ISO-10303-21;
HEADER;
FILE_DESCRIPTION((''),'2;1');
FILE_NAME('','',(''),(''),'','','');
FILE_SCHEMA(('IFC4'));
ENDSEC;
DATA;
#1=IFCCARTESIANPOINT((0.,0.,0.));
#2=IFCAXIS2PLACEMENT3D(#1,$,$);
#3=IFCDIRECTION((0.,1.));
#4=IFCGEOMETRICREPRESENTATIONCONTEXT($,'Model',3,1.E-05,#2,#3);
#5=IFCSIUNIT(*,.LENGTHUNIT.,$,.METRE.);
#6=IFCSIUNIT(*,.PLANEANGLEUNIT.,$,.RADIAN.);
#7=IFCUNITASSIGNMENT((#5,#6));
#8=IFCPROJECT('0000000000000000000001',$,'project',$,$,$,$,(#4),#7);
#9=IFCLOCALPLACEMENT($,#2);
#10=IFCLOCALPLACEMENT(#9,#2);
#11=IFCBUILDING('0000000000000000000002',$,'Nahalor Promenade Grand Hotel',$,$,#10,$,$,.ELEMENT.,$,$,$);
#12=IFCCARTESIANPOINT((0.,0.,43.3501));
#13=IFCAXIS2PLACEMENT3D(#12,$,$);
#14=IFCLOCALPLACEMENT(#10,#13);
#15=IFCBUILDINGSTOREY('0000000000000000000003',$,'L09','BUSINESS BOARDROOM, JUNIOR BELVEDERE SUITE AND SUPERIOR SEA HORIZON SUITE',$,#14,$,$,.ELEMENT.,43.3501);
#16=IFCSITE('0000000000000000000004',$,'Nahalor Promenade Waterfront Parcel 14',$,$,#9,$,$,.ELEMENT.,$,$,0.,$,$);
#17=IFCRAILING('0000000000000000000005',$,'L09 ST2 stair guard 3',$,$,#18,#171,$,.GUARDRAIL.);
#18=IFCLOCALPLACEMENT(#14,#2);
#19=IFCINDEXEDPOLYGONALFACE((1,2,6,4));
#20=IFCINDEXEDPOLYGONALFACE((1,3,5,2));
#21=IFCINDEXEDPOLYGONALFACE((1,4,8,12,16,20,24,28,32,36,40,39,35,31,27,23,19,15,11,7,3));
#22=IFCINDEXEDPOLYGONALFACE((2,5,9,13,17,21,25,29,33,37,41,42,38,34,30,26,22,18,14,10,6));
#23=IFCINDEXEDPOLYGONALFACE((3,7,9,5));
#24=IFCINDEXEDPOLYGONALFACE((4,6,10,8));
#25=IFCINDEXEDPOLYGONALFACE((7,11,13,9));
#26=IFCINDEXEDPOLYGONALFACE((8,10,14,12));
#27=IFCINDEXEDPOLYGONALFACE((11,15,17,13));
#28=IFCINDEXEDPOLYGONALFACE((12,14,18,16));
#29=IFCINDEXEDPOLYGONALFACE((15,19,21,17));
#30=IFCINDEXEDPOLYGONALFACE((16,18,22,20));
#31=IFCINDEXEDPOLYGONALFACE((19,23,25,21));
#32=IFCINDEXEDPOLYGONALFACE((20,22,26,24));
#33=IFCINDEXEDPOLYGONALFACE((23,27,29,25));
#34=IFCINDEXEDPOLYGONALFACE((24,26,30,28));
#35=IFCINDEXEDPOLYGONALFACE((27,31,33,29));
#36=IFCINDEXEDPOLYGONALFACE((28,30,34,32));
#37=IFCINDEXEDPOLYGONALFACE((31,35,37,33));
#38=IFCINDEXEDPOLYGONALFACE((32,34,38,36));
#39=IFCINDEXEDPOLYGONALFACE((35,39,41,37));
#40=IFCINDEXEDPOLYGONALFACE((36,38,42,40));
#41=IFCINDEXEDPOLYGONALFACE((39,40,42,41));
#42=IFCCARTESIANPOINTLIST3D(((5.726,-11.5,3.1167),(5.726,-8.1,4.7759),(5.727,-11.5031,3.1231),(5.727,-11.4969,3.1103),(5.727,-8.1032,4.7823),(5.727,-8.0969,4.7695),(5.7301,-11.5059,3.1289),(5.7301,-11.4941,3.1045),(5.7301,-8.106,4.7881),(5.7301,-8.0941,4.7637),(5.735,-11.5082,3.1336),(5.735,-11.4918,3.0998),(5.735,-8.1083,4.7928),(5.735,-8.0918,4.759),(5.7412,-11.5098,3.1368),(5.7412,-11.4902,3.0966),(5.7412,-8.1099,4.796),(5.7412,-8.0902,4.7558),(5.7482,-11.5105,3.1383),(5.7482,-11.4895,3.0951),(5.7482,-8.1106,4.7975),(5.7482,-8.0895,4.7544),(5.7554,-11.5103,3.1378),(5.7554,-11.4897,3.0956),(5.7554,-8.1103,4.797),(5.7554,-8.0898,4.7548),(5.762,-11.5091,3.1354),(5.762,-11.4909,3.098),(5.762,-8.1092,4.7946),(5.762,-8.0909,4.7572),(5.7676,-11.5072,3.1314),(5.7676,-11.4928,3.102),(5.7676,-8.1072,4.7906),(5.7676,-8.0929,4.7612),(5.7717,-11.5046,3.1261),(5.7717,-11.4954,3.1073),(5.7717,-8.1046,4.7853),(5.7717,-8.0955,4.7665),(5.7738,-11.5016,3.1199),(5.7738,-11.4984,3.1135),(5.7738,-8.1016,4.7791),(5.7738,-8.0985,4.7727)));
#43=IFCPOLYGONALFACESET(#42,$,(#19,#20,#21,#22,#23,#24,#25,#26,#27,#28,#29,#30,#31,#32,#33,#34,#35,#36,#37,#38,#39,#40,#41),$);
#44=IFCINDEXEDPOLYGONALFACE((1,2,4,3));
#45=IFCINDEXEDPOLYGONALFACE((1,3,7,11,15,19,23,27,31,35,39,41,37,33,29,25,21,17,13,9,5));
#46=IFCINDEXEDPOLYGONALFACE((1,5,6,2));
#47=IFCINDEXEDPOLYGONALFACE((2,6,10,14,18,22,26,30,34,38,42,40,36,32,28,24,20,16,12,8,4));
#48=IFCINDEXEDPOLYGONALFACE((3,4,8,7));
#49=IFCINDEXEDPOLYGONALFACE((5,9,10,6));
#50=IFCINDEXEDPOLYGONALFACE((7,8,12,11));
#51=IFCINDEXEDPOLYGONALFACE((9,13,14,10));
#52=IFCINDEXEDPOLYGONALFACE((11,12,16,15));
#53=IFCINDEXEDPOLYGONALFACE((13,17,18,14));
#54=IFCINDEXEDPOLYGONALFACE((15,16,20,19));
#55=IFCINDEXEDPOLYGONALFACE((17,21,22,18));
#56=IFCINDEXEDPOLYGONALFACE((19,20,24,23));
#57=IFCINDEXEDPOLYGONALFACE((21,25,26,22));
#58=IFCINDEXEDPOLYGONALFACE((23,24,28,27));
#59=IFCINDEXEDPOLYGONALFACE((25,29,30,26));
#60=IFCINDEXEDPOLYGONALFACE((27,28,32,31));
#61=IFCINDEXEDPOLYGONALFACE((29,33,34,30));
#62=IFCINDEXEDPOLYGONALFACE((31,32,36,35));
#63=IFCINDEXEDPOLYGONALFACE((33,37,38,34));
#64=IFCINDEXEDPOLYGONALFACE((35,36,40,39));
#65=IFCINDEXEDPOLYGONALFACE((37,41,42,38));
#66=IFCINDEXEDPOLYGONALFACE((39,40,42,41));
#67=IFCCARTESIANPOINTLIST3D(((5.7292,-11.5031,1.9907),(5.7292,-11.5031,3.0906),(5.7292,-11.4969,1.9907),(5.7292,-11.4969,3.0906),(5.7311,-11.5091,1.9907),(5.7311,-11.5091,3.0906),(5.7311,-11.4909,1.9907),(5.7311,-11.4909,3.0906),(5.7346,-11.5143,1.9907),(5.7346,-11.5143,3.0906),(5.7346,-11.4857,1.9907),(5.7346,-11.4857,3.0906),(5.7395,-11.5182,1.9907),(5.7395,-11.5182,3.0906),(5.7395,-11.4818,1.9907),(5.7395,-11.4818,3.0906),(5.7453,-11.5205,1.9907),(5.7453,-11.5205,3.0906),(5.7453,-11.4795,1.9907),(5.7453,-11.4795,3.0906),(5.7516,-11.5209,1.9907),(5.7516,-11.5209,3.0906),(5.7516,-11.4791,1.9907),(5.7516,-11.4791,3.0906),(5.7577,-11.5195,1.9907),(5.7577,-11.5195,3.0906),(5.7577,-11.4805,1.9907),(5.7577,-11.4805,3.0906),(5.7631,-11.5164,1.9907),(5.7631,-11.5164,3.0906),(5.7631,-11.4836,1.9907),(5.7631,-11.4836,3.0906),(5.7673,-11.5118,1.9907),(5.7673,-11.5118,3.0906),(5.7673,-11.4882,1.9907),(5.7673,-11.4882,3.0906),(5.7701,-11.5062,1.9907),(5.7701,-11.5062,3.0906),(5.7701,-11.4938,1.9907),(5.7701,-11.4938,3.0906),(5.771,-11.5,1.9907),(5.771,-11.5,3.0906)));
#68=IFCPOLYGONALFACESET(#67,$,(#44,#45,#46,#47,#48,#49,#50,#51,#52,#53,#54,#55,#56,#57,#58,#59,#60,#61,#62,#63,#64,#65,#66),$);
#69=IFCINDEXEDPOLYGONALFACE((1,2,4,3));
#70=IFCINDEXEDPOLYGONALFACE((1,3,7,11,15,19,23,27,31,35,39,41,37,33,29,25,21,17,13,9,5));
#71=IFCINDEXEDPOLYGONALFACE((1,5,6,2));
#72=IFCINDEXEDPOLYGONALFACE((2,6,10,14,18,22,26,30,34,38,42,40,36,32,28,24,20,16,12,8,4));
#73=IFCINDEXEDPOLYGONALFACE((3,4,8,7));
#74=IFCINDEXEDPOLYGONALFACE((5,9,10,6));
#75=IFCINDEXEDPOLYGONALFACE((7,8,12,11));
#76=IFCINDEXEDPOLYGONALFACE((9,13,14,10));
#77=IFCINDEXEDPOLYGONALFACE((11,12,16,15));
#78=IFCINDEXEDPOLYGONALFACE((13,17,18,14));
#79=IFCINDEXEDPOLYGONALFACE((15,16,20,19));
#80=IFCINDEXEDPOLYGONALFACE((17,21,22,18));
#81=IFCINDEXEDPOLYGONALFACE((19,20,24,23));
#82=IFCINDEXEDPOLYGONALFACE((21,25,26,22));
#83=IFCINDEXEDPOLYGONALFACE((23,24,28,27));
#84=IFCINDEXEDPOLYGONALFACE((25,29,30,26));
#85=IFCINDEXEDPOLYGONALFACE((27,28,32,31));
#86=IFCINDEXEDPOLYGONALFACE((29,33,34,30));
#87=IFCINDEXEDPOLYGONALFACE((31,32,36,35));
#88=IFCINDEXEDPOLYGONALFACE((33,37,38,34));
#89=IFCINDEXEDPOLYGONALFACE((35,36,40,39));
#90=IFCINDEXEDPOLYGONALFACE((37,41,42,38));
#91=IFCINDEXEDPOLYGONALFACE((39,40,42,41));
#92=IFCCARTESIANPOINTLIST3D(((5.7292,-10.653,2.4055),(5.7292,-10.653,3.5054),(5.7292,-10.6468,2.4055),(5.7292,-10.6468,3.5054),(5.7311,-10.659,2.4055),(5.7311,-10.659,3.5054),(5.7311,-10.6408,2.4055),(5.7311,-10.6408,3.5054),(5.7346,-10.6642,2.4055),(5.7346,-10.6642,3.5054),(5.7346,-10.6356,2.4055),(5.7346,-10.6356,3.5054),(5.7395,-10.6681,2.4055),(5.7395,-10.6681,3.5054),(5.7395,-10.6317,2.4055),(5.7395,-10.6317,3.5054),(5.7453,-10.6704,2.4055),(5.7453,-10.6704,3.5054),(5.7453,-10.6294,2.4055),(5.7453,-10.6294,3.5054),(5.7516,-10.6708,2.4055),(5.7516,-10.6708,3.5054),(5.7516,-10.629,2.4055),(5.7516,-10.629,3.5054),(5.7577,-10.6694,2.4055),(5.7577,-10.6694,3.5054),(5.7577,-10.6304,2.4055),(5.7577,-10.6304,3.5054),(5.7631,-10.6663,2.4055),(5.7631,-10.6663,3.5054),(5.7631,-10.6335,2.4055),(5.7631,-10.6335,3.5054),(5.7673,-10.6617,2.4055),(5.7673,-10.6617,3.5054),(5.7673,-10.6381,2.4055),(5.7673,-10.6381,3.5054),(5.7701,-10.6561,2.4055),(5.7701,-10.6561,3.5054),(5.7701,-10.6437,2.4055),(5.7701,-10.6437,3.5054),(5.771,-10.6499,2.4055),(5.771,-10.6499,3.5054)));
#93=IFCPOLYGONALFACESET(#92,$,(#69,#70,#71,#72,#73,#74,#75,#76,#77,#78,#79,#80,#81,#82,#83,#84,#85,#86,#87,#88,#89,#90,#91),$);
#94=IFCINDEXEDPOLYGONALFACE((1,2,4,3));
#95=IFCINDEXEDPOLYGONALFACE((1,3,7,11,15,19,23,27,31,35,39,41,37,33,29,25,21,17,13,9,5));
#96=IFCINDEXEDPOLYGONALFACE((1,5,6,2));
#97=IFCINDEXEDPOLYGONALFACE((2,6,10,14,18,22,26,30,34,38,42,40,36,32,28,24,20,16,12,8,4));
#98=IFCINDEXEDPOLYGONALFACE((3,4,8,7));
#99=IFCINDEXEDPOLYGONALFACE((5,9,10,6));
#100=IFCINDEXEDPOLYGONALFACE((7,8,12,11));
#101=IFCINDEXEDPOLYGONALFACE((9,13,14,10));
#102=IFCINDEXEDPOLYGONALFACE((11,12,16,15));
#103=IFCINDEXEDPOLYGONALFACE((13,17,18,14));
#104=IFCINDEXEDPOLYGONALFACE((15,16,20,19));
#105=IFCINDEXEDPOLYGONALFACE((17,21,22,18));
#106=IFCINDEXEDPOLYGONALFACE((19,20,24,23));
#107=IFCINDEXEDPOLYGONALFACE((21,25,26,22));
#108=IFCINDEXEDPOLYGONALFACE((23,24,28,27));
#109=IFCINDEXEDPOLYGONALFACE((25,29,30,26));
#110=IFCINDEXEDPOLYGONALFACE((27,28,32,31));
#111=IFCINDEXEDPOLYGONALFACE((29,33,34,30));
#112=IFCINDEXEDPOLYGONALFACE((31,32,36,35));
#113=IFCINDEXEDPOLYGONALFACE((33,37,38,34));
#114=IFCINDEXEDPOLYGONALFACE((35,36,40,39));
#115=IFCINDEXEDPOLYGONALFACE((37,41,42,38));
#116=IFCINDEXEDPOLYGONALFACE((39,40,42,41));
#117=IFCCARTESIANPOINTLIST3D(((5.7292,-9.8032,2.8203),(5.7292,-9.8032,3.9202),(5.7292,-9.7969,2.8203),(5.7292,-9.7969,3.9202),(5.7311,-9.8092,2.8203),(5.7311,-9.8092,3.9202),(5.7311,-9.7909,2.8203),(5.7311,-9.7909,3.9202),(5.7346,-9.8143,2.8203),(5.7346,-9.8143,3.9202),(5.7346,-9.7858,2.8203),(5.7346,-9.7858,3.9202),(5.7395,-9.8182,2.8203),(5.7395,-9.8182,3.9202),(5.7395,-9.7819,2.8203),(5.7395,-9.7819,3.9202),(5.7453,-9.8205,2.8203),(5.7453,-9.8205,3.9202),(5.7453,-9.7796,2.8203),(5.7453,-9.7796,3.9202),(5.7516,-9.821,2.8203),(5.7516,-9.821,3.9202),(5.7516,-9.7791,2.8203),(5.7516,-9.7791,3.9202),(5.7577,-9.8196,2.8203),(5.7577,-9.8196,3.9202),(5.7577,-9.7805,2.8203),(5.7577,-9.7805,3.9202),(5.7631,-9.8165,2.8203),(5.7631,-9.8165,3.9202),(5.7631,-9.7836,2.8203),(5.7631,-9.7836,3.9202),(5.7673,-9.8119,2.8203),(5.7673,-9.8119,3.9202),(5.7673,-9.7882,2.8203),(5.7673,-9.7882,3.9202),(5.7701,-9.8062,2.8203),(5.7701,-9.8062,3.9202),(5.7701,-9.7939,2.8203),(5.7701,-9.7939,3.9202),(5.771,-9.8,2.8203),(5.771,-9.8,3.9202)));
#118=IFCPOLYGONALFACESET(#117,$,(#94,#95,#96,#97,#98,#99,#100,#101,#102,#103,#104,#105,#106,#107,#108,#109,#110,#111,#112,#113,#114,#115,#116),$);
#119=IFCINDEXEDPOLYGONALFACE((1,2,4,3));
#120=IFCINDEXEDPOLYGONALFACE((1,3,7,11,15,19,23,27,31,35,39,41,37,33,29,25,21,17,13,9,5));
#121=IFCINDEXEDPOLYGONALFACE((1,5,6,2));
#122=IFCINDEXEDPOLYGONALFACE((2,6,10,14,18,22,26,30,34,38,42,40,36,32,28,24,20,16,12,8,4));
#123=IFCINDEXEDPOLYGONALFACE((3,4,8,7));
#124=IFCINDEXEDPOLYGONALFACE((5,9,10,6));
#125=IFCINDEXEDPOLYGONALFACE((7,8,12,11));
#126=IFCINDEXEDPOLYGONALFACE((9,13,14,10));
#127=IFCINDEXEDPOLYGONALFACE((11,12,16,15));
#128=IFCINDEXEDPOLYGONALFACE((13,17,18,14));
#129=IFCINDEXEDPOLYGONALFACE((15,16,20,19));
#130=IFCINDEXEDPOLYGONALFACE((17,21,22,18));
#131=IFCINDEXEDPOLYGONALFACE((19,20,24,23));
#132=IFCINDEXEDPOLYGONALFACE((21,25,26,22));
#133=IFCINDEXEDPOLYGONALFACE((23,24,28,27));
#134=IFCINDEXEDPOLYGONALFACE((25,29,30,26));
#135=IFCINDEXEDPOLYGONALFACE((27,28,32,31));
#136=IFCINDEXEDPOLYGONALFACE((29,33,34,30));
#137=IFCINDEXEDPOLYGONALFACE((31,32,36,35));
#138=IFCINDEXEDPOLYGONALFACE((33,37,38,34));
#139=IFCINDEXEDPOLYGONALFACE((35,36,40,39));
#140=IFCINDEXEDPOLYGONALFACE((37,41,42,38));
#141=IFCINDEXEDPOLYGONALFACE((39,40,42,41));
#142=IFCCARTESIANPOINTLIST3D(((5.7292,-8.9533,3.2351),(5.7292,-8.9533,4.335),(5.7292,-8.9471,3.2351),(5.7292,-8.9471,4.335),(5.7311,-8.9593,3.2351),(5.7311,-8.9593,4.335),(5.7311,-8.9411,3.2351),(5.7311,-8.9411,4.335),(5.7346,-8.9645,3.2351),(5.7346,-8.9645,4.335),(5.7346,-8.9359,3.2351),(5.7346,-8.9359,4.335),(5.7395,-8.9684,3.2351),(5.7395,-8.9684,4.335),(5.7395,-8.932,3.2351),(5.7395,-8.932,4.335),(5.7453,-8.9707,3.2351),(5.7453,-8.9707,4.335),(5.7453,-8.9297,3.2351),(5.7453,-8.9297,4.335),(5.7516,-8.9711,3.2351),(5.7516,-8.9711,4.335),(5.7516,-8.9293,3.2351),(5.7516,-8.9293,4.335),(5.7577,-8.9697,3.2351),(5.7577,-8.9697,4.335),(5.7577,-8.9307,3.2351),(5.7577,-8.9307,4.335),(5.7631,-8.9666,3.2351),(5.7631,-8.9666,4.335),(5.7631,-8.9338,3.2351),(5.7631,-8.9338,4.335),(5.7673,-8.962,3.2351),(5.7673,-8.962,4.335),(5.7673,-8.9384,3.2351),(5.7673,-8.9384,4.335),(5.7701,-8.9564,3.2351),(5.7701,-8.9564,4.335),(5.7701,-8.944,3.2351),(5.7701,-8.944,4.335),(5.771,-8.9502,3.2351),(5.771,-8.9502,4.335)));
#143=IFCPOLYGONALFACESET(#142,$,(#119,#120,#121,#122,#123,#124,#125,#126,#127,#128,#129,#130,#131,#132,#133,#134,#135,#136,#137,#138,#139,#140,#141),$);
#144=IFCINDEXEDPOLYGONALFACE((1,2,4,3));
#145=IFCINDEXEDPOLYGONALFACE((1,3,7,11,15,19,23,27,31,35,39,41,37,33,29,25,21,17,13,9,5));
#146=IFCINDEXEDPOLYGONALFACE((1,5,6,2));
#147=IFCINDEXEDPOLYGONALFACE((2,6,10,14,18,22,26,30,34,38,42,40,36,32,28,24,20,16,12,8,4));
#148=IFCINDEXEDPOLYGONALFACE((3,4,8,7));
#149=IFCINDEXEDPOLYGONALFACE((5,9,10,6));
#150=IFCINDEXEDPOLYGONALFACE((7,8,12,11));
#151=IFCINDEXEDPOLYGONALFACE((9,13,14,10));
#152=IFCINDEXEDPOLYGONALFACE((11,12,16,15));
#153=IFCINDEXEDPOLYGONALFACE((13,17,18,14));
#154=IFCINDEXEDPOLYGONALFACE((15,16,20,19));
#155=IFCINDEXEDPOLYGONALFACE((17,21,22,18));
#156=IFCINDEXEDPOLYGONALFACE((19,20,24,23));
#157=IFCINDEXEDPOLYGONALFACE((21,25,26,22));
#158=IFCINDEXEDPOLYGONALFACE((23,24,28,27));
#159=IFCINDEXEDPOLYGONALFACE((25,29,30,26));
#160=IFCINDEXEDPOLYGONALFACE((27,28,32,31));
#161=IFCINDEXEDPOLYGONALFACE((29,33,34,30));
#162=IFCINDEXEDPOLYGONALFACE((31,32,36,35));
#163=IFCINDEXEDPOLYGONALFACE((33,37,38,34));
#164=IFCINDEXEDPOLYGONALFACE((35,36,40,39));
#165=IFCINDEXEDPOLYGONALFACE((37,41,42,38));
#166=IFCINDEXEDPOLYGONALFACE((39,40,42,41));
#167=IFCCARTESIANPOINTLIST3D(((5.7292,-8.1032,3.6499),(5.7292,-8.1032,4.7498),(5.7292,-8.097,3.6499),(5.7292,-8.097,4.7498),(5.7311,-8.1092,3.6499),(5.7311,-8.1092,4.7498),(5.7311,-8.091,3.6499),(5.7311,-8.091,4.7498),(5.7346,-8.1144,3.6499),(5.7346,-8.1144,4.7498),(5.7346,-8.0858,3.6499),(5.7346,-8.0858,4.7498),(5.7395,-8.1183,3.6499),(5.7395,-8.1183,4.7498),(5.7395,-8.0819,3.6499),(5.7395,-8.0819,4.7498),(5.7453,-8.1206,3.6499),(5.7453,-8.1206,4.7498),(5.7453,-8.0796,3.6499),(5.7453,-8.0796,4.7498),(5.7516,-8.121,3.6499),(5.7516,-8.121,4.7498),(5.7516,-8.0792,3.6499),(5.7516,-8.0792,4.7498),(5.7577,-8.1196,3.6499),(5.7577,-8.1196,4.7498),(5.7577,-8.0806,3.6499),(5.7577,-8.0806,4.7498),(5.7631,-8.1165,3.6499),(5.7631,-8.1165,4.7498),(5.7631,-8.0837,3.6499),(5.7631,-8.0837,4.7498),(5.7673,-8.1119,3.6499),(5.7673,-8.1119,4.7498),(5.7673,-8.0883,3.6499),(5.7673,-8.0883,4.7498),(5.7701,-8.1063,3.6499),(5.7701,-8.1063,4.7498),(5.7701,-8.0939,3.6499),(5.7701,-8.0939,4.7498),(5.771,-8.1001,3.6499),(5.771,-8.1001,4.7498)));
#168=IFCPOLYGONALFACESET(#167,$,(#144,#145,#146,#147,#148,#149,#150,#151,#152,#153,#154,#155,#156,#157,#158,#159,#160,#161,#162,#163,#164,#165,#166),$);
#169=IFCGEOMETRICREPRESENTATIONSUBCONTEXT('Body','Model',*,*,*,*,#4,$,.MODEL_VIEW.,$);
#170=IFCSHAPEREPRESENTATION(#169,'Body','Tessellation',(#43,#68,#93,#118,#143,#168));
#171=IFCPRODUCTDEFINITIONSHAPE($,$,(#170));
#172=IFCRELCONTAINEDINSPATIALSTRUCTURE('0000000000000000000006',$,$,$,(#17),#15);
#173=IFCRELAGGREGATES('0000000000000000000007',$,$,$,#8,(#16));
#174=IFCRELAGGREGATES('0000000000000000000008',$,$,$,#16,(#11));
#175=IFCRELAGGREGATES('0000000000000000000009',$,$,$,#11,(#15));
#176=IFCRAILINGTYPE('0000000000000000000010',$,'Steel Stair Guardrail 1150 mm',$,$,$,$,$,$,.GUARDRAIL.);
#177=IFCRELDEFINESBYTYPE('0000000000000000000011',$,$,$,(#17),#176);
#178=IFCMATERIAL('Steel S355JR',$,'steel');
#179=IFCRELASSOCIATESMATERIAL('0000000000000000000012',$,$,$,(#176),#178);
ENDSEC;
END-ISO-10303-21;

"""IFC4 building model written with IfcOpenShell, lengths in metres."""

from ifc_helpers import new_model, si_unit, direction, frame, origin, origin_2d, place, context, subcontext, project, spatial, circle, extrude, material, type_object, element, save


model = new_model("IFC4")

# Units and contexts
model_context = context("Model", 3, precision=1e-05, world=origin(), true_north=direction((0.0, 1.0)))
body_context = subcontext(model_context, "Body", "Model", "MODEL_VIEW")
ifc_project = project(units=[si_unit("LENGTHUNIT", "METRE"), si_unit("PLANEANGLEUNIT", "RADIAN")], contexts=[model_context])

# Site, building, storey
site_placement = place(None, origin())
site = spatial("IfcSite", under=ifc_project, at=site_placement, Name="Nahalor Promenade Waterfront Parcel 14", CompositionType="ELEMENT", RefElevation=0.0)
building_placement = place(site_placement, origin())
building = spatial("IfcBuilding", under=site, at=building_placement, Name="Nahalor Promenade Grand Hotel", CompositionType="ELEMENT")
storey_placement = place(building_placement, frame((0.0, 0.0, 43.3501)))
storey = spatial("IfcBuildingStorey", under=building, at=storey_placement, Name="L09", Description="BUSINESS BOARDROOM, JUNIOR BELVEDERE SUITE AND SUPERIOR SEA HORIZON SUITE", CompositionType="ELEMENT", Elevation=43.3501)

# Shared definitions
ifc_material_1 = material(Name="Steel S355JR", Category="steel")

# Railing
railing_type_1 = type_object("IfcRailingType", Name="Steel Stair Guardrail 1150 mm", PredefinedType="GUARDRAIL", material=ifc_material_1)
railing_1_placement = place(storey_placement, frame((5.75, -11.5, 1.9907)))
element("IfcRailing", 1, at=railing_1_placement, inside=storey, type_object=railing_type_1, Name="L09 ST2 stair guard 3", PredefinedType="GUARDRAIL", context=body_context, shape_type="SweptSolid", body=[
    extrude(circle(Radius=0.024, at=origin_2d()), frame((0.0, 0.0, 1.126), z_axis=(0.0, 0.898696, 0.438571), x_axis=(-1.0, 0.0, 0.0)), (0.0, 0.0, 1.0), 3.7832),
    extrude(circle(Radius=0.021, at=origin_2d()), origin(), (0.0, 0.0, 1.0), 1.0999),
    extrude(circle(Radius=0.021, at=origin_2d()), frame((0.0, 0.8501, 0.4148)), (0.0, 0.0, 1.0), 1.0999),
    extrude(circle(Radius=0.021, at=origin_2d()), frame((0.0, 1.7, 0.8296)), (0.0, 0.0, 1.0), 1.0999),
    extrude(circle(Radius=0.021, at=origin_2d()), frame((0.0, 2.5498, 1.2444)), (0.0, 0.0, 1.0), 1.0999),
    extrude(circle(Radius=0.021, at=origin_2d()), frame((0.0, 3.3999, 1.6592)), (0.0, 0.0, 1.0), 1.0999),
])

save(model, "model.ifc")
